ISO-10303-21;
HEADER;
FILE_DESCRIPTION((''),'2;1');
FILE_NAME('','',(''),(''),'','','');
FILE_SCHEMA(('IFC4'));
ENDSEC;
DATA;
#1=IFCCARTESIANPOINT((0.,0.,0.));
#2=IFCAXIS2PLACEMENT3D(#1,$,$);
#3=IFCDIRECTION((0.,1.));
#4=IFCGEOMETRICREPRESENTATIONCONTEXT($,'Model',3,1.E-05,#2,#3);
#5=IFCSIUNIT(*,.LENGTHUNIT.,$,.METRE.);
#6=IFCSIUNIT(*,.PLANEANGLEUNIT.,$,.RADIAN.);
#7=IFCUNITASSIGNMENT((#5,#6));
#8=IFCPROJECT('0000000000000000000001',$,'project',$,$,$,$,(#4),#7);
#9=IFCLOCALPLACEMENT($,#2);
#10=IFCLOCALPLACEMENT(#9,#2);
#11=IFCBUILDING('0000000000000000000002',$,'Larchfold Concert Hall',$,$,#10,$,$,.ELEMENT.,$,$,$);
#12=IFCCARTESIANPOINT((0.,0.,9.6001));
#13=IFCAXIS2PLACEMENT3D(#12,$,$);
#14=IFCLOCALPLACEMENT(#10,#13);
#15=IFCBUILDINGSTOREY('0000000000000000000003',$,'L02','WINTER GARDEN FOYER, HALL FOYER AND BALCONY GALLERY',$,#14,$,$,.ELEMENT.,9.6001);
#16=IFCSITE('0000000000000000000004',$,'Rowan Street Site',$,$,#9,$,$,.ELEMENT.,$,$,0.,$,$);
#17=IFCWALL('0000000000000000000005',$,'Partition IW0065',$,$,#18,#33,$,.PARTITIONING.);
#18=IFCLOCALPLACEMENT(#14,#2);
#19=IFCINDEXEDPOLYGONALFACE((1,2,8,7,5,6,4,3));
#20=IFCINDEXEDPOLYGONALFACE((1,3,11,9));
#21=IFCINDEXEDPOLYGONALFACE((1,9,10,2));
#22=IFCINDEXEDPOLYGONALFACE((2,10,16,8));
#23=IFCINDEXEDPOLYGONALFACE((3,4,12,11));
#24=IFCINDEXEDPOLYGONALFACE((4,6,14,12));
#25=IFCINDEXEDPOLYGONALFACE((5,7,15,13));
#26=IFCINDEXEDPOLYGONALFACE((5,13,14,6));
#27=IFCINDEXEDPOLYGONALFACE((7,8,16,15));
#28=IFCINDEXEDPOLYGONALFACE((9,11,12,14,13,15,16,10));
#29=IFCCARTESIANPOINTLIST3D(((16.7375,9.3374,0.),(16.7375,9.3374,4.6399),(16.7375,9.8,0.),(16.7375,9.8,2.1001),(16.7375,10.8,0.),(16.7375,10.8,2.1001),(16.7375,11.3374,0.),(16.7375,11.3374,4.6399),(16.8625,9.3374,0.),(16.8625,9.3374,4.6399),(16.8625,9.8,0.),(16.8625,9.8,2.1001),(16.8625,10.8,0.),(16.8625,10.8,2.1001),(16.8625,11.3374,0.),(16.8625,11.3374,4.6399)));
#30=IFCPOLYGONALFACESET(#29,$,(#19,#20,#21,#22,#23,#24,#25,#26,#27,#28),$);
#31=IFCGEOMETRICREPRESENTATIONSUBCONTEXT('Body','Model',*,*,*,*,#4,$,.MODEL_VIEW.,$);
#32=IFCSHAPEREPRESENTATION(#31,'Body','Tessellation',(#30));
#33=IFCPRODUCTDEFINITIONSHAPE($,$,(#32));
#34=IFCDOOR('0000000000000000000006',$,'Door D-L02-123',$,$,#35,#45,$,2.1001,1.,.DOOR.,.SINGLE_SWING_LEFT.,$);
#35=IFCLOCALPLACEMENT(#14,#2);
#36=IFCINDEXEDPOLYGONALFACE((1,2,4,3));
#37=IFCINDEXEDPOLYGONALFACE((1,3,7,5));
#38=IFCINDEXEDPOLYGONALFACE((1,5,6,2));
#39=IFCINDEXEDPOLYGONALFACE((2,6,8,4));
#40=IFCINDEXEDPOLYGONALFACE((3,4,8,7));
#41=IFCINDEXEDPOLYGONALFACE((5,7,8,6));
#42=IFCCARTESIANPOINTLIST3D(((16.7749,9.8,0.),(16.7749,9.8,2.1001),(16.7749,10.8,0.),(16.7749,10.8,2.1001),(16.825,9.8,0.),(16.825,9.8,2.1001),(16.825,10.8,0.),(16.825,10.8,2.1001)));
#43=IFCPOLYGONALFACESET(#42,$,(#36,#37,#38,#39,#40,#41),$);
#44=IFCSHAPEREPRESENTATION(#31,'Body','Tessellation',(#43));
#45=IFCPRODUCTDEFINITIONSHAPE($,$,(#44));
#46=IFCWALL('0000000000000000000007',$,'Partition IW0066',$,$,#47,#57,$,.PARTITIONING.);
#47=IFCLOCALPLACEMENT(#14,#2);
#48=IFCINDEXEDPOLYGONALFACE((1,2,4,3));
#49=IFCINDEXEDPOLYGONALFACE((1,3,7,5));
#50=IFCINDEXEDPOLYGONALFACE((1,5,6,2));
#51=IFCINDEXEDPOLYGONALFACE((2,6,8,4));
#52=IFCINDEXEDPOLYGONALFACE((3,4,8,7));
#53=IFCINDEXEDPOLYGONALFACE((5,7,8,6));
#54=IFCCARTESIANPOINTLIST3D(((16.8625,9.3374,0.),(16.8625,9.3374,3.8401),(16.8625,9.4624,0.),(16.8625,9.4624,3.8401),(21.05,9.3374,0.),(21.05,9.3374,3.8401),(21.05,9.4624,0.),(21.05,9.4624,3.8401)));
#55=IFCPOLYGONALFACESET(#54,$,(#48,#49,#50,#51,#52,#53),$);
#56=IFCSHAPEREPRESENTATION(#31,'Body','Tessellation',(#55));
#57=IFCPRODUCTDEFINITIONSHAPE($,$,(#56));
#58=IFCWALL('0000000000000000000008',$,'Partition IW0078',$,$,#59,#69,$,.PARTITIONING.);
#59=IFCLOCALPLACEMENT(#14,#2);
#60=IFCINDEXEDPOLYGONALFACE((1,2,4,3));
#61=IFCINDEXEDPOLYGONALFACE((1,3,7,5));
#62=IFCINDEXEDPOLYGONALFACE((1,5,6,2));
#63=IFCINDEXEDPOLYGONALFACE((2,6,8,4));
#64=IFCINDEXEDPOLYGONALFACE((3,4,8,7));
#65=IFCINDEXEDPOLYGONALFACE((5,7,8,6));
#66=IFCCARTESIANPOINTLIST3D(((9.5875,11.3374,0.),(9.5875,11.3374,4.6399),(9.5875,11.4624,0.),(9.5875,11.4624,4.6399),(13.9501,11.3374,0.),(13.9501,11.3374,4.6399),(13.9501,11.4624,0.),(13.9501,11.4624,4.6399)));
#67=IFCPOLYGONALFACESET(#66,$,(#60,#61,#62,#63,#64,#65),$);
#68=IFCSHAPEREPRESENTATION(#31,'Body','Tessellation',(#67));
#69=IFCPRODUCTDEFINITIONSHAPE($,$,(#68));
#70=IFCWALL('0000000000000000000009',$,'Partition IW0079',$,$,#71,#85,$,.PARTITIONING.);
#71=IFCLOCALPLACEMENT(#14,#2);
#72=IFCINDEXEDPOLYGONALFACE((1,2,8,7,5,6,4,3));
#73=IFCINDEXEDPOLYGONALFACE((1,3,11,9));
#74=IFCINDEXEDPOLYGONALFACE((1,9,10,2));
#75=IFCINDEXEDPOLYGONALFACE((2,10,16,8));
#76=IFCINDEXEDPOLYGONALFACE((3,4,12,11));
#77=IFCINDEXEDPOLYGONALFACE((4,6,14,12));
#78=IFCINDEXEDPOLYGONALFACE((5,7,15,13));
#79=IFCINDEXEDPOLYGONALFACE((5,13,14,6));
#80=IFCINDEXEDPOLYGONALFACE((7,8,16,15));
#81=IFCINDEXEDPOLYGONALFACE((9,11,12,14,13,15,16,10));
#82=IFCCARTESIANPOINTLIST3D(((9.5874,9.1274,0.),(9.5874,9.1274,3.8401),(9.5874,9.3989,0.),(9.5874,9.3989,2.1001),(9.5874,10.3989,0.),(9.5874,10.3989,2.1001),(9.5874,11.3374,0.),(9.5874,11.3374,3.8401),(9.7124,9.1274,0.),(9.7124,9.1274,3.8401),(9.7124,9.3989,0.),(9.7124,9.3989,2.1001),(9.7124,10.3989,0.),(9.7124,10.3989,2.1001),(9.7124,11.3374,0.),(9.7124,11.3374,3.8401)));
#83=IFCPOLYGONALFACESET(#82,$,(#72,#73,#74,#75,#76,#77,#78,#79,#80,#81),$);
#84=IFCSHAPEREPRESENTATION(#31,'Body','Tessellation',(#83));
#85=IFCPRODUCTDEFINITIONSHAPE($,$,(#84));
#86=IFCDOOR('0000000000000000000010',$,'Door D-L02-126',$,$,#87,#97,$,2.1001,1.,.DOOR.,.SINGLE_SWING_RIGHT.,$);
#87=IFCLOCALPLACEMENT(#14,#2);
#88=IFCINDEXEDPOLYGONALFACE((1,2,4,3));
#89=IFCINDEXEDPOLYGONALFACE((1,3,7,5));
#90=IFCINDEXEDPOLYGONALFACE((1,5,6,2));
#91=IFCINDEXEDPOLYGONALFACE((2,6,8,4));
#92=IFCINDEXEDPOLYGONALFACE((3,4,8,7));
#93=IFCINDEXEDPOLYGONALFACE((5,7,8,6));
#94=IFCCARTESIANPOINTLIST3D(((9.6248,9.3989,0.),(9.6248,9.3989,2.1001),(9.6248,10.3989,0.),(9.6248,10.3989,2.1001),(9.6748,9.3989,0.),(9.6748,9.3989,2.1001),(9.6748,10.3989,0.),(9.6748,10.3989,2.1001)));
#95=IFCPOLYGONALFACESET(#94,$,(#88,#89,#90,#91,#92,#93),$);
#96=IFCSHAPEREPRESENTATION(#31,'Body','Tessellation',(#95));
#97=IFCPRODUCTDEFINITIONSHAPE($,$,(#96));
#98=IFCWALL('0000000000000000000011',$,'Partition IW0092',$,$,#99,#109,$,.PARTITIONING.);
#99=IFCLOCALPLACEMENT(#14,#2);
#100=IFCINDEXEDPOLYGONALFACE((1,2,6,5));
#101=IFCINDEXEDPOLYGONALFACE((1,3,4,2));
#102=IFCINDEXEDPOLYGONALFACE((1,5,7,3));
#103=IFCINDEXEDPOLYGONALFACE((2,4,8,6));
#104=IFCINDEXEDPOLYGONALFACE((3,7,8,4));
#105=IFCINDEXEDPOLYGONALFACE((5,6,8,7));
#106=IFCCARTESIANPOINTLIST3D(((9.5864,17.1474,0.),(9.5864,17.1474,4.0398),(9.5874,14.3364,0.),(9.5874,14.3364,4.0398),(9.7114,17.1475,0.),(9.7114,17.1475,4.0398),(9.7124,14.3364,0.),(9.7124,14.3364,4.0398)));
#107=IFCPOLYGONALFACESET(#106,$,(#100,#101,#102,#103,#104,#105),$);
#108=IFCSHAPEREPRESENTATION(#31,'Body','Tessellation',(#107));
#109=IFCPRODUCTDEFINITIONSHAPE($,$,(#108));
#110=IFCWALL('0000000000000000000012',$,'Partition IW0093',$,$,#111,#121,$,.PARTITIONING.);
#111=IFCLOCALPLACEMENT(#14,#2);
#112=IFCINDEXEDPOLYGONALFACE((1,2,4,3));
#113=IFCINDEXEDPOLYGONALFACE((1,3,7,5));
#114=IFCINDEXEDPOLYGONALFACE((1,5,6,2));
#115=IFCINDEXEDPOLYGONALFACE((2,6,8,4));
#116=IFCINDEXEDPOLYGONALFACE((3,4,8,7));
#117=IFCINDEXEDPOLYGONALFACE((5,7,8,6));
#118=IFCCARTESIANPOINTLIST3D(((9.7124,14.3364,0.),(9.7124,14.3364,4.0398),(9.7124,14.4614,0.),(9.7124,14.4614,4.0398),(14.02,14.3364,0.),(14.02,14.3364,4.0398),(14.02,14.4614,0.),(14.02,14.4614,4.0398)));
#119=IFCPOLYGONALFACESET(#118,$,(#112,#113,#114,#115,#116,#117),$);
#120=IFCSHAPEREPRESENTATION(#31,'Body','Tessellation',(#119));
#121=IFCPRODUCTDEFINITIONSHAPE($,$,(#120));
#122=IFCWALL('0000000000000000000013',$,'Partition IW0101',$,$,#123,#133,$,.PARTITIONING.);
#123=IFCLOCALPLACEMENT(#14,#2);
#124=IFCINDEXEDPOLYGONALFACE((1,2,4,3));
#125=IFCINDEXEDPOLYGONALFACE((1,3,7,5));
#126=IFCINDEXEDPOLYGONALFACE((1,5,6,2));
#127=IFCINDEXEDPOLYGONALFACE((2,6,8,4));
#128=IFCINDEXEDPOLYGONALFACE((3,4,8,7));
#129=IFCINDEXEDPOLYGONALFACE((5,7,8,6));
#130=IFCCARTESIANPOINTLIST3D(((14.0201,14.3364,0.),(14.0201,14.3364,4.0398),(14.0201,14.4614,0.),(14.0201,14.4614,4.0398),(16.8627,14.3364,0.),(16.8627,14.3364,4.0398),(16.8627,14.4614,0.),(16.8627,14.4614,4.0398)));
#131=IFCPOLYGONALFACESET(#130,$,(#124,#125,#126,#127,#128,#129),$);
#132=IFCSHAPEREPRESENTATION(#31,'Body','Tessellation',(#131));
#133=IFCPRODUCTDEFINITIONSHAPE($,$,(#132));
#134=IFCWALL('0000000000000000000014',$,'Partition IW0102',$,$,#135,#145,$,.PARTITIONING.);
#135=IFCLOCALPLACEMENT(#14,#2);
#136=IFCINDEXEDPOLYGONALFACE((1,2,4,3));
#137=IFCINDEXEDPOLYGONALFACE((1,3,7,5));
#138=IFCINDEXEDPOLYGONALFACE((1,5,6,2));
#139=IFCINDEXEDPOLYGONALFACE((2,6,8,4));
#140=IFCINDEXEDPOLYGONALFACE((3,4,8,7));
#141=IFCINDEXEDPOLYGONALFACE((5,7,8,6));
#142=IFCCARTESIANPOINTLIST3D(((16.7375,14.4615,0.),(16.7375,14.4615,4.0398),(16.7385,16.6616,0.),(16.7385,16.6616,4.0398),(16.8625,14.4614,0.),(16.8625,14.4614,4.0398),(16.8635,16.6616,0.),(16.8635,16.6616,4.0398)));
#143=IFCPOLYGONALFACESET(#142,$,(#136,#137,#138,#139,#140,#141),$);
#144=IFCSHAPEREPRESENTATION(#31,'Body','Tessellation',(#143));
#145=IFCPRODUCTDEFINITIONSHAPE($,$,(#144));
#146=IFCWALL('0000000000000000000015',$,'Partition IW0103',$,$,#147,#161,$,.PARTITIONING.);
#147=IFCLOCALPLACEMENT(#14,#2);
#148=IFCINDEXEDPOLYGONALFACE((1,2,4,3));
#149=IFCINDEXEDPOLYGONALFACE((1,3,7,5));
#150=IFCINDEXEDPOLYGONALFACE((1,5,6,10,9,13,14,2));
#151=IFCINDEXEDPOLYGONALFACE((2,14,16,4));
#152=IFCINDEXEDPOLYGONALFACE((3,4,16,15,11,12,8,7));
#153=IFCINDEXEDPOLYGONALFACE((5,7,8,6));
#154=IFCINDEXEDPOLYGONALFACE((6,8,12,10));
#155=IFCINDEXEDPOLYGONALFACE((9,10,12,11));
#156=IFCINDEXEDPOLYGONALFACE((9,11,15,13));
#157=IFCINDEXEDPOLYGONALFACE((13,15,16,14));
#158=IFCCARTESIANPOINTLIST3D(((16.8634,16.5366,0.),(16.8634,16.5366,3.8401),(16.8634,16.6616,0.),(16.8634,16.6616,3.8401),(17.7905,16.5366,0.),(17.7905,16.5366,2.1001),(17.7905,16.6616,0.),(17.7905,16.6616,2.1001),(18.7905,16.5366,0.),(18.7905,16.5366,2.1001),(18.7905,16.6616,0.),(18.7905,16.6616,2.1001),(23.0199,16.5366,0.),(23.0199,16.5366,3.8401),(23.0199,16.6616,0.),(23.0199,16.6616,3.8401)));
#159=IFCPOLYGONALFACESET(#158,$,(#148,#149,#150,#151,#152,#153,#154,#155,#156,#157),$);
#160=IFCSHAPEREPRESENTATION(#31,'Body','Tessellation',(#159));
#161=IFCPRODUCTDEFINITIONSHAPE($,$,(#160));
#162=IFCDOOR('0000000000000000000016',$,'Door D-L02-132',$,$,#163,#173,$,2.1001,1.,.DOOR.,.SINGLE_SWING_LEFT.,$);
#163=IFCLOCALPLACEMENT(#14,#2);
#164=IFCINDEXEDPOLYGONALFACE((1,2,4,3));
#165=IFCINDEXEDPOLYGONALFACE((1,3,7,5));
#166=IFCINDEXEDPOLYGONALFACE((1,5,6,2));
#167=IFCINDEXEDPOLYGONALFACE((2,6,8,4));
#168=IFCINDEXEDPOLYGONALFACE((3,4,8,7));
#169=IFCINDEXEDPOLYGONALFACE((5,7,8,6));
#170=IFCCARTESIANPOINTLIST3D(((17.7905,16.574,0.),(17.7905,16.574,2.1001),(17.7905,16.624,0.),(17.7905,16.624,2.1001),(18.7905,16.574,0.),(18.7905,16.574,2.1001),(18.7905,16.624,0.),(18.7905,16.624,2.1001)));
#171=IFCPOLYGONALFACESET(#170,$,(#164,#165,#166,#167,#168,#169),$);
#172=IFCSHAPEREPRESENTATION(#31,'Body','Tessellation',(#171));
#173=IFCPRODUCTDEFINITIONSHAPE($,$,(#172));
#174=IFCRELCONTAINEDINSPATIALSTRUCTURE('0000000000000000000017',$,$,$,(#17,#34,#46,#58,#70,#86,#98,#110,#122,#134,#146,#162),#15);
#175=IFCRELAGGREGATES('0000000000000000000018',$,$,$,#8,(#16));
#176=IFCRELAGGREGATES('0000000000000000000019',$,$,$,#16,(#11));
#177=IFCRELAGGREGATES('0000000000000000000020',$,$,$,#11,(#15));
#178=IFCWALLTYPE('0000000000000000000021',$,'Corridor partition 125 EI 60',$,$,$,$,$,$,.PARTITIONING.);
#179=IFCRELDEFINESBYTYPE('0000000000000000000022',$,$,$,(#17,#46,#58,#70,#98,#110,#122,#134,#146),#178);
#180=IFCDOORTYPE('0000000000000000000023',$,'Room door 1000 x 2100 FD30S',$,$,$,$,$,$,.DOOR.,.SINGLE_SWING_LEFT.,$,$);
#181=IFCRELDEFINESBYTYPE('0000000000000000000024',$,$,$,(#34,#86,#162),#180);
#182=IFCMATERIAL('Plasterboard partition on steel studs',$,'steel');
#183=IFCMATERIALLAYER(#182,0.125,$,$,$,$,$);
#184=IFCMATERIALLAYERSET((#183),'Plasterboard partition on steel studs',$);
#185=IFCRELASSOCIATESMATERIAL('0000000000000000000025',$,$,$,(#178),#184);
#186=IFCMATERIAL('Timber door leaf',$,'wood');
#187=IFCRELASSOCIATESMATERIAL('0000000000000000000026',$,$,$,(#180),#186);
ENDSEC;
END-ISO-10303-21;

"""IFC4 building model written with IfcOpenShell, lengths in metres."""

from ifc_helpers import new_model, si_unit, direction, frame, frame_2d, origin, place, context, subcontext, project, spatial, rectangle, extrude, material, layer, layer_set, type_object, element, fill, save


model = new_model("IFC4")

# Units and contexts
model_context = context("Model", 3, precision=1e-05, world=origin(), true_north=direction((0.0, 1.0)))
body_context = subcontext(model_context, "Body", "Model", "MODEL_VIEW")
ifc_project = project(units=[si_unit("LENGTHUNIT", "METRE"), si_unit("PLANEANGLEUNIT", "RADIAN")], contexts=[model_context])

# Site, building, storey
site_placement = place(None, origin())
site = spatial("IfcSite", under=ifc_project, at=site_placement, Name="Rowan Street Site", CompositionType="ELEMENT", RefElevation=0.0)
building_placement = place(site_placement, origin())
building = spatial("IfcBuilding", under=site, at=building_placement, Name="Larchfold Concert Hall", CompositionType="ELEMENT")
storey_placement = place(building_placement, frame((0.0, 0.0, 9.6001)))
storey = spatial("IfcBuildingStorey", under=building, at=storey_placement, Name="L02", Description="WINTER GARDEN FOYER, HALL FOYER AND BALCONY GALLERY", CompositionType="ELEMENT", Elevation=9.6001)

# Shared definitions
ifc_material_1 = material(Name="Plasterboard partition on steel studs", Category="steel")
ifc_layer_1 = layer(ifc_material_1, 0.125)
ifc_layer_set_1 = layer_set([ifc_layer_1], Name="Plasterboard partition on steel studs")
wall_type_1 = type_object("IfcWallType", Name="Corridor partition 125 EI 60", PredefinedType="PARTITIONING", material=ifc_layer_set_1)

# Wall, opening, door
wall_1_placement = place(storey_placement, frame((16.8, 11.3374, 0.0), z_axis=(0.0, 0.0, 1.0), x_axis=(0.0, -1.0, 0.0)))
wall_1 = element("IfcWall", 1, at=wall_1_placement, inside=storey, type_object=wall_type_1, Name="Partition IW0065", PredefinedType="PARTITIONING", context=body_context, shape_type="SweptSolid", body=[
    extrude(rectangle(XDim=2.0, YDim=0.125, at=frame_2d((1.0, 0.0))), origin(), (0.0, 0.0, 1.0), 4.6399),
])
opening_1_placement = place(wall_1_placement, frame((0.5374, 0.0, 0.0)))
opening_1 = element("IfcOpeningElement", 2, at=opening_1_placement, cuts=wall_1, PredefinedType="OPENING", context=body_context, shape_type="SweptSolid", body=[
    extrude(rectangle(XDim=1.0, YDim=2.1001, at=frame_2d((0.5, 1.05))), frame((0.0, 0.0725, 0.0), z_axis=(0.0, -1.0, 0.0), x_axis=(1.0, 0.0, 0.0)), (0.0, 0.0, 1.0), 0.145),
])
ifc_material_2 = material(Name="Timber door leaf", Category="wood")
door_type_1 = type_object("IfcDoorType", Name="Room door 1000 x 2100 FD30S", OperationType="SINGLE_SWING_LEFT", PredefinedType="DOOR", material=ifc_material_2)
door_1_placement = place(opening_1_placement, origin())
door_1 = element("IfcDoor", 3, at=door_1_placement, inside=storey, type_object=door_type_1, Name="Door D-L02-123", OperationType="SINGLE_SWING_LEFT", OverallHeight=2.1001, OverallWidth=1.0, PredefinedType="DOOR", context=body_context, shape_type="SweptSolid", body=[
    extrude(rectangle(XDim=1.0, YDim=2.1001, at=frame_2d((0.5, 1.05))), frame((0.0, 0.0249, 0.0), z_axis=(0.0, -1.0, 0.0), x_axis=(1.0, 0.0, 0.0)), (0.0, 0.0, 1.0), 0.05),
])
fill(opening_1, door_1)

# Walls
wall_2_placement = place(storey_placement, frame((16.8625, 9.3999, 0.0), z_axis=(0.0, 0.0, 1.0), x_axis=(1.0, 0.0, 0.0)))
element("IfcWall", 4, at=wall_2_placement, inside=storey, type_object=wall_type_1, Name="Partition IW0066", PredefinedType="PARTITIONING", context=body_context, shape_type="SweptSolid", body=[
    extrude(rectangle(XDim=4.1875, YDim=0.125, at=frame_2d((2.0938, 0.0))), origin(), (0.0, 0.0, 1.0), 3.8401),
])
wall_3_placement = place(storey_placement, frame((13.95, 11.3999, 0.0), z_axis=(0.0, 0.0, 1.0), x_axis=(-1.0, 0.0, 0.0)))
element("IfcWall", 5, at=wall_3_placement, inside=storey, type_object=wall_type_1, Name="Partition IW0078", PredefinedType="PARTITIONING", context=body_context, shape_type="SweptSolid", body=[
    extrude(rectangle(XDim=4.3625, YDim=0.125, at=frame_2d((2.1812, 0.0))), origin(), (0.0, 0.0, 1.0), 4.6399),
])

# Wall, opening, door
wall_4_placement = place(storey_placement, frame((9.6499, 11.3374, 0.0), z_axis=(0.0, 0.0, 1.0), x_axis=(0.0, -1.0, 0.0)))
wall_4 = element("IfcWall", 6, at=wall_4_placement, inside=storey, type_object=wall_type_1, Name="Partition IW0079", PredefinedType="PARTITIONING", context=body_context, shape_type="SweptSolid", body=[
    extrude(rectangle(XDim=2.21, YDim=0.125, at=frame_2d((1.105, 0.0))), origin(), (0.0, 0.0, 1.0), 3.8401),
])
opening_2_placement = place(wall_4_placement, frame((0.9385, 0.0, 0.0)))
opening_2 = element("IfcOpeningElement", 7, at=opening_2_placement, cuts=wall_4, PredefinedType="OPENING", context=body_context, shape_type="SweptSolid", body=[
    extrude(rectangle(XDim=1.0, YDim=2.1001, at=frame_2d((0.5, 1.05))), frame((0.0, 0.0725, 0.0), z_axis=(0.0, -1.0, 0.0), x_axis=(1.0, 0.0, 0.0)), (0.0, 0.0, 1.0), 0.145),
])
door_2_placement = place(opening_2_placement, origin())
door_2 = element("IfcDoor", 8, at=door_2_placement, inside=storey, type_object=door_type_1, Name="Door D-L02-126", OperationType="SINGLE_SWING_RIGHT", OverallHeight=2.1001, OverallWidth=1.0, PredefinedType="DOOR", context=body_context, shape_type="SweptSolid", body=[
    extrude(rectangle(XDim=1.0, YDim=2.1001, at=frame_2d((0.5, 1.05))), frame((0.0, 0.0249, 0.0), z_axis=(0.0, -1.0, 0.0), x_axis=(1.0, 0.0, 0.0)), (0.0, 0.0, 1.0), 0.05),
])
fill(opening_2, door_2)

# Walls
wall_5_placement = place(storey_placement, frame((9.6489, 17.1475, 0.0), z_axis=(0.0, 0.0, 1.0), x_axis=(0.000347, -1.0, 0.0)))
element("IfcWall", 9, at=wall_5_placement, inside=storey, type_object=wall_type_1, Name="Partition IW0092", PredefinedType="PARTITIONING", context=body_context, shape_type="SweptSolid", body=[
    extrude(rectangle(XDim=2.811, YDim=0.125, at=frame_2d((1.4055, 0.0))), origin(), (0.0, 0.0, 1.0), 4.0398),
])
wall_6_placement = place(storey_placement, frame((9.7124, 14.3989, 0.0), z_axis=(0.0, 0.0, 1.0), x_axis=(1.0, 0.0, 0.0)))
element("IfcWall", 10, at=wall_6_placement, inside=storey, type_object=wall_type_1, Name="Partition IW0093", PredefinedType="PARTITIONING", context=body_context, shape_type="SweptSolid", body=[
    extrude(rectangle(XDim=4.3076, YDim=0.125, at=frame_2d((2.1538, 0.0))), origin(), (0.0, 0.0, 1.0), 4.0398),
])
wall_7_placement = place(storey_placement, frame((14.02, 14.3989, 0.0), z_axis=(0.0, 0.0, 1.0), x_axis=(1.0, 0.0, 0.0)))
element("IfcWall", 11, at=wall_7_placement, inside=storey, type_object=wall_type_1, Name="Partition IW0101", PredefinedType="PARTITIONING", context=body_context, shape_type="SweptSolid", body=[
    extrude(rectangle(XDim=2.8425, YDim=0.125, at=frame_2d((1.4214, 0.0))), origin(), (0.0, 0.0, 1.0), 4.0398),
])
wall_8_placement = place(storey_placement, frame((16.8, 14.4614, 0.0), z_axis=(0.0, 0.0, 1.0), x_axis=(0.000444, 1.0, 0.0)))
element("IfcWall", 12, at=wall_8_placement, inside=storey, type_object=wall_type_1, Name="Partition IW0102", PredefinedType="PARTITIONING", context=body_context, shape_type="SweptSolid", body=[
    extrude(rectangle(XDim=2.2002, YDim=0.125, at=frame_2d((1.1001, 0.0))), origin(), (0.0, 0.0, 1.0), 4.0398),
])

# Wall, opening, door
wall_9_placement = place(storey_placement, frame((16.8635, 16.5991, 0.0), z_axis=(0.0, 0.0, 1.0), x_axis=(1.0, 0.0, 0.0)))
wall_9 = element("IfcWall", 13, at=wall_9_placement, inside=storey, type_object=wall_type_1, Name="Partition IW0103", PredefinedType="PARTITIONING", context=body_context, shape_type="SweptSolid", body=[
    extrude(rectangle(XDim=6.1565, YDim=0.125, at=frame_2d((3.0781, 0.0))), origin(), (0.0, 0.0, 1.0), 3.8401),
])
opening_3_placement = place(wall_9_placement, frame((0.927, 0.0, 0.0)))
opening_3 = element("IfcOpeningElement", 14, at=opening_3_placement, cuts=wall_9, PredefinedType="OPENING", context=body_context, shape_type="SweptSolid", body=[
    extrude(rectangle(XDim=1.0, YDim=2.1001, at=frame_2d((0.5, 1.05))), frame((0.0, 0.0725, 0.0), z_axis=(0.0, -1.0, 0.0), x_axis=(1.0, 0.0, 0.0)), (0.0, 0.0, 1.0), 0.145),
])
door_3_placement = place(opening_3_placement, origin())
door_3 = element("IfcDoor", 15, at=door_3_placement, inside=storey, type_object=door_type_1, Name="Door D-L02-132", OperationType="SINGLE_SWING_LEFT", OverallHeight=2.1001, OverallWidth=1.0, PredefinedType="DOOR", context=body_context, shape_type="SweptSolid", body=[
    extrude(rectangle(XDim=1.0, YDim=2.1001, at=frame_2d((0.5, 1.05))), frame((0.0, 0.0249, 0.0), z_axis=(0.0, -1.0, 0.0), x_axis=(1.0, 0.0, 0.0)), (0.0, 0.0, 1.0), 0.05),
])
fill(opening_3, door_3)

save(model, "model.ifc")
